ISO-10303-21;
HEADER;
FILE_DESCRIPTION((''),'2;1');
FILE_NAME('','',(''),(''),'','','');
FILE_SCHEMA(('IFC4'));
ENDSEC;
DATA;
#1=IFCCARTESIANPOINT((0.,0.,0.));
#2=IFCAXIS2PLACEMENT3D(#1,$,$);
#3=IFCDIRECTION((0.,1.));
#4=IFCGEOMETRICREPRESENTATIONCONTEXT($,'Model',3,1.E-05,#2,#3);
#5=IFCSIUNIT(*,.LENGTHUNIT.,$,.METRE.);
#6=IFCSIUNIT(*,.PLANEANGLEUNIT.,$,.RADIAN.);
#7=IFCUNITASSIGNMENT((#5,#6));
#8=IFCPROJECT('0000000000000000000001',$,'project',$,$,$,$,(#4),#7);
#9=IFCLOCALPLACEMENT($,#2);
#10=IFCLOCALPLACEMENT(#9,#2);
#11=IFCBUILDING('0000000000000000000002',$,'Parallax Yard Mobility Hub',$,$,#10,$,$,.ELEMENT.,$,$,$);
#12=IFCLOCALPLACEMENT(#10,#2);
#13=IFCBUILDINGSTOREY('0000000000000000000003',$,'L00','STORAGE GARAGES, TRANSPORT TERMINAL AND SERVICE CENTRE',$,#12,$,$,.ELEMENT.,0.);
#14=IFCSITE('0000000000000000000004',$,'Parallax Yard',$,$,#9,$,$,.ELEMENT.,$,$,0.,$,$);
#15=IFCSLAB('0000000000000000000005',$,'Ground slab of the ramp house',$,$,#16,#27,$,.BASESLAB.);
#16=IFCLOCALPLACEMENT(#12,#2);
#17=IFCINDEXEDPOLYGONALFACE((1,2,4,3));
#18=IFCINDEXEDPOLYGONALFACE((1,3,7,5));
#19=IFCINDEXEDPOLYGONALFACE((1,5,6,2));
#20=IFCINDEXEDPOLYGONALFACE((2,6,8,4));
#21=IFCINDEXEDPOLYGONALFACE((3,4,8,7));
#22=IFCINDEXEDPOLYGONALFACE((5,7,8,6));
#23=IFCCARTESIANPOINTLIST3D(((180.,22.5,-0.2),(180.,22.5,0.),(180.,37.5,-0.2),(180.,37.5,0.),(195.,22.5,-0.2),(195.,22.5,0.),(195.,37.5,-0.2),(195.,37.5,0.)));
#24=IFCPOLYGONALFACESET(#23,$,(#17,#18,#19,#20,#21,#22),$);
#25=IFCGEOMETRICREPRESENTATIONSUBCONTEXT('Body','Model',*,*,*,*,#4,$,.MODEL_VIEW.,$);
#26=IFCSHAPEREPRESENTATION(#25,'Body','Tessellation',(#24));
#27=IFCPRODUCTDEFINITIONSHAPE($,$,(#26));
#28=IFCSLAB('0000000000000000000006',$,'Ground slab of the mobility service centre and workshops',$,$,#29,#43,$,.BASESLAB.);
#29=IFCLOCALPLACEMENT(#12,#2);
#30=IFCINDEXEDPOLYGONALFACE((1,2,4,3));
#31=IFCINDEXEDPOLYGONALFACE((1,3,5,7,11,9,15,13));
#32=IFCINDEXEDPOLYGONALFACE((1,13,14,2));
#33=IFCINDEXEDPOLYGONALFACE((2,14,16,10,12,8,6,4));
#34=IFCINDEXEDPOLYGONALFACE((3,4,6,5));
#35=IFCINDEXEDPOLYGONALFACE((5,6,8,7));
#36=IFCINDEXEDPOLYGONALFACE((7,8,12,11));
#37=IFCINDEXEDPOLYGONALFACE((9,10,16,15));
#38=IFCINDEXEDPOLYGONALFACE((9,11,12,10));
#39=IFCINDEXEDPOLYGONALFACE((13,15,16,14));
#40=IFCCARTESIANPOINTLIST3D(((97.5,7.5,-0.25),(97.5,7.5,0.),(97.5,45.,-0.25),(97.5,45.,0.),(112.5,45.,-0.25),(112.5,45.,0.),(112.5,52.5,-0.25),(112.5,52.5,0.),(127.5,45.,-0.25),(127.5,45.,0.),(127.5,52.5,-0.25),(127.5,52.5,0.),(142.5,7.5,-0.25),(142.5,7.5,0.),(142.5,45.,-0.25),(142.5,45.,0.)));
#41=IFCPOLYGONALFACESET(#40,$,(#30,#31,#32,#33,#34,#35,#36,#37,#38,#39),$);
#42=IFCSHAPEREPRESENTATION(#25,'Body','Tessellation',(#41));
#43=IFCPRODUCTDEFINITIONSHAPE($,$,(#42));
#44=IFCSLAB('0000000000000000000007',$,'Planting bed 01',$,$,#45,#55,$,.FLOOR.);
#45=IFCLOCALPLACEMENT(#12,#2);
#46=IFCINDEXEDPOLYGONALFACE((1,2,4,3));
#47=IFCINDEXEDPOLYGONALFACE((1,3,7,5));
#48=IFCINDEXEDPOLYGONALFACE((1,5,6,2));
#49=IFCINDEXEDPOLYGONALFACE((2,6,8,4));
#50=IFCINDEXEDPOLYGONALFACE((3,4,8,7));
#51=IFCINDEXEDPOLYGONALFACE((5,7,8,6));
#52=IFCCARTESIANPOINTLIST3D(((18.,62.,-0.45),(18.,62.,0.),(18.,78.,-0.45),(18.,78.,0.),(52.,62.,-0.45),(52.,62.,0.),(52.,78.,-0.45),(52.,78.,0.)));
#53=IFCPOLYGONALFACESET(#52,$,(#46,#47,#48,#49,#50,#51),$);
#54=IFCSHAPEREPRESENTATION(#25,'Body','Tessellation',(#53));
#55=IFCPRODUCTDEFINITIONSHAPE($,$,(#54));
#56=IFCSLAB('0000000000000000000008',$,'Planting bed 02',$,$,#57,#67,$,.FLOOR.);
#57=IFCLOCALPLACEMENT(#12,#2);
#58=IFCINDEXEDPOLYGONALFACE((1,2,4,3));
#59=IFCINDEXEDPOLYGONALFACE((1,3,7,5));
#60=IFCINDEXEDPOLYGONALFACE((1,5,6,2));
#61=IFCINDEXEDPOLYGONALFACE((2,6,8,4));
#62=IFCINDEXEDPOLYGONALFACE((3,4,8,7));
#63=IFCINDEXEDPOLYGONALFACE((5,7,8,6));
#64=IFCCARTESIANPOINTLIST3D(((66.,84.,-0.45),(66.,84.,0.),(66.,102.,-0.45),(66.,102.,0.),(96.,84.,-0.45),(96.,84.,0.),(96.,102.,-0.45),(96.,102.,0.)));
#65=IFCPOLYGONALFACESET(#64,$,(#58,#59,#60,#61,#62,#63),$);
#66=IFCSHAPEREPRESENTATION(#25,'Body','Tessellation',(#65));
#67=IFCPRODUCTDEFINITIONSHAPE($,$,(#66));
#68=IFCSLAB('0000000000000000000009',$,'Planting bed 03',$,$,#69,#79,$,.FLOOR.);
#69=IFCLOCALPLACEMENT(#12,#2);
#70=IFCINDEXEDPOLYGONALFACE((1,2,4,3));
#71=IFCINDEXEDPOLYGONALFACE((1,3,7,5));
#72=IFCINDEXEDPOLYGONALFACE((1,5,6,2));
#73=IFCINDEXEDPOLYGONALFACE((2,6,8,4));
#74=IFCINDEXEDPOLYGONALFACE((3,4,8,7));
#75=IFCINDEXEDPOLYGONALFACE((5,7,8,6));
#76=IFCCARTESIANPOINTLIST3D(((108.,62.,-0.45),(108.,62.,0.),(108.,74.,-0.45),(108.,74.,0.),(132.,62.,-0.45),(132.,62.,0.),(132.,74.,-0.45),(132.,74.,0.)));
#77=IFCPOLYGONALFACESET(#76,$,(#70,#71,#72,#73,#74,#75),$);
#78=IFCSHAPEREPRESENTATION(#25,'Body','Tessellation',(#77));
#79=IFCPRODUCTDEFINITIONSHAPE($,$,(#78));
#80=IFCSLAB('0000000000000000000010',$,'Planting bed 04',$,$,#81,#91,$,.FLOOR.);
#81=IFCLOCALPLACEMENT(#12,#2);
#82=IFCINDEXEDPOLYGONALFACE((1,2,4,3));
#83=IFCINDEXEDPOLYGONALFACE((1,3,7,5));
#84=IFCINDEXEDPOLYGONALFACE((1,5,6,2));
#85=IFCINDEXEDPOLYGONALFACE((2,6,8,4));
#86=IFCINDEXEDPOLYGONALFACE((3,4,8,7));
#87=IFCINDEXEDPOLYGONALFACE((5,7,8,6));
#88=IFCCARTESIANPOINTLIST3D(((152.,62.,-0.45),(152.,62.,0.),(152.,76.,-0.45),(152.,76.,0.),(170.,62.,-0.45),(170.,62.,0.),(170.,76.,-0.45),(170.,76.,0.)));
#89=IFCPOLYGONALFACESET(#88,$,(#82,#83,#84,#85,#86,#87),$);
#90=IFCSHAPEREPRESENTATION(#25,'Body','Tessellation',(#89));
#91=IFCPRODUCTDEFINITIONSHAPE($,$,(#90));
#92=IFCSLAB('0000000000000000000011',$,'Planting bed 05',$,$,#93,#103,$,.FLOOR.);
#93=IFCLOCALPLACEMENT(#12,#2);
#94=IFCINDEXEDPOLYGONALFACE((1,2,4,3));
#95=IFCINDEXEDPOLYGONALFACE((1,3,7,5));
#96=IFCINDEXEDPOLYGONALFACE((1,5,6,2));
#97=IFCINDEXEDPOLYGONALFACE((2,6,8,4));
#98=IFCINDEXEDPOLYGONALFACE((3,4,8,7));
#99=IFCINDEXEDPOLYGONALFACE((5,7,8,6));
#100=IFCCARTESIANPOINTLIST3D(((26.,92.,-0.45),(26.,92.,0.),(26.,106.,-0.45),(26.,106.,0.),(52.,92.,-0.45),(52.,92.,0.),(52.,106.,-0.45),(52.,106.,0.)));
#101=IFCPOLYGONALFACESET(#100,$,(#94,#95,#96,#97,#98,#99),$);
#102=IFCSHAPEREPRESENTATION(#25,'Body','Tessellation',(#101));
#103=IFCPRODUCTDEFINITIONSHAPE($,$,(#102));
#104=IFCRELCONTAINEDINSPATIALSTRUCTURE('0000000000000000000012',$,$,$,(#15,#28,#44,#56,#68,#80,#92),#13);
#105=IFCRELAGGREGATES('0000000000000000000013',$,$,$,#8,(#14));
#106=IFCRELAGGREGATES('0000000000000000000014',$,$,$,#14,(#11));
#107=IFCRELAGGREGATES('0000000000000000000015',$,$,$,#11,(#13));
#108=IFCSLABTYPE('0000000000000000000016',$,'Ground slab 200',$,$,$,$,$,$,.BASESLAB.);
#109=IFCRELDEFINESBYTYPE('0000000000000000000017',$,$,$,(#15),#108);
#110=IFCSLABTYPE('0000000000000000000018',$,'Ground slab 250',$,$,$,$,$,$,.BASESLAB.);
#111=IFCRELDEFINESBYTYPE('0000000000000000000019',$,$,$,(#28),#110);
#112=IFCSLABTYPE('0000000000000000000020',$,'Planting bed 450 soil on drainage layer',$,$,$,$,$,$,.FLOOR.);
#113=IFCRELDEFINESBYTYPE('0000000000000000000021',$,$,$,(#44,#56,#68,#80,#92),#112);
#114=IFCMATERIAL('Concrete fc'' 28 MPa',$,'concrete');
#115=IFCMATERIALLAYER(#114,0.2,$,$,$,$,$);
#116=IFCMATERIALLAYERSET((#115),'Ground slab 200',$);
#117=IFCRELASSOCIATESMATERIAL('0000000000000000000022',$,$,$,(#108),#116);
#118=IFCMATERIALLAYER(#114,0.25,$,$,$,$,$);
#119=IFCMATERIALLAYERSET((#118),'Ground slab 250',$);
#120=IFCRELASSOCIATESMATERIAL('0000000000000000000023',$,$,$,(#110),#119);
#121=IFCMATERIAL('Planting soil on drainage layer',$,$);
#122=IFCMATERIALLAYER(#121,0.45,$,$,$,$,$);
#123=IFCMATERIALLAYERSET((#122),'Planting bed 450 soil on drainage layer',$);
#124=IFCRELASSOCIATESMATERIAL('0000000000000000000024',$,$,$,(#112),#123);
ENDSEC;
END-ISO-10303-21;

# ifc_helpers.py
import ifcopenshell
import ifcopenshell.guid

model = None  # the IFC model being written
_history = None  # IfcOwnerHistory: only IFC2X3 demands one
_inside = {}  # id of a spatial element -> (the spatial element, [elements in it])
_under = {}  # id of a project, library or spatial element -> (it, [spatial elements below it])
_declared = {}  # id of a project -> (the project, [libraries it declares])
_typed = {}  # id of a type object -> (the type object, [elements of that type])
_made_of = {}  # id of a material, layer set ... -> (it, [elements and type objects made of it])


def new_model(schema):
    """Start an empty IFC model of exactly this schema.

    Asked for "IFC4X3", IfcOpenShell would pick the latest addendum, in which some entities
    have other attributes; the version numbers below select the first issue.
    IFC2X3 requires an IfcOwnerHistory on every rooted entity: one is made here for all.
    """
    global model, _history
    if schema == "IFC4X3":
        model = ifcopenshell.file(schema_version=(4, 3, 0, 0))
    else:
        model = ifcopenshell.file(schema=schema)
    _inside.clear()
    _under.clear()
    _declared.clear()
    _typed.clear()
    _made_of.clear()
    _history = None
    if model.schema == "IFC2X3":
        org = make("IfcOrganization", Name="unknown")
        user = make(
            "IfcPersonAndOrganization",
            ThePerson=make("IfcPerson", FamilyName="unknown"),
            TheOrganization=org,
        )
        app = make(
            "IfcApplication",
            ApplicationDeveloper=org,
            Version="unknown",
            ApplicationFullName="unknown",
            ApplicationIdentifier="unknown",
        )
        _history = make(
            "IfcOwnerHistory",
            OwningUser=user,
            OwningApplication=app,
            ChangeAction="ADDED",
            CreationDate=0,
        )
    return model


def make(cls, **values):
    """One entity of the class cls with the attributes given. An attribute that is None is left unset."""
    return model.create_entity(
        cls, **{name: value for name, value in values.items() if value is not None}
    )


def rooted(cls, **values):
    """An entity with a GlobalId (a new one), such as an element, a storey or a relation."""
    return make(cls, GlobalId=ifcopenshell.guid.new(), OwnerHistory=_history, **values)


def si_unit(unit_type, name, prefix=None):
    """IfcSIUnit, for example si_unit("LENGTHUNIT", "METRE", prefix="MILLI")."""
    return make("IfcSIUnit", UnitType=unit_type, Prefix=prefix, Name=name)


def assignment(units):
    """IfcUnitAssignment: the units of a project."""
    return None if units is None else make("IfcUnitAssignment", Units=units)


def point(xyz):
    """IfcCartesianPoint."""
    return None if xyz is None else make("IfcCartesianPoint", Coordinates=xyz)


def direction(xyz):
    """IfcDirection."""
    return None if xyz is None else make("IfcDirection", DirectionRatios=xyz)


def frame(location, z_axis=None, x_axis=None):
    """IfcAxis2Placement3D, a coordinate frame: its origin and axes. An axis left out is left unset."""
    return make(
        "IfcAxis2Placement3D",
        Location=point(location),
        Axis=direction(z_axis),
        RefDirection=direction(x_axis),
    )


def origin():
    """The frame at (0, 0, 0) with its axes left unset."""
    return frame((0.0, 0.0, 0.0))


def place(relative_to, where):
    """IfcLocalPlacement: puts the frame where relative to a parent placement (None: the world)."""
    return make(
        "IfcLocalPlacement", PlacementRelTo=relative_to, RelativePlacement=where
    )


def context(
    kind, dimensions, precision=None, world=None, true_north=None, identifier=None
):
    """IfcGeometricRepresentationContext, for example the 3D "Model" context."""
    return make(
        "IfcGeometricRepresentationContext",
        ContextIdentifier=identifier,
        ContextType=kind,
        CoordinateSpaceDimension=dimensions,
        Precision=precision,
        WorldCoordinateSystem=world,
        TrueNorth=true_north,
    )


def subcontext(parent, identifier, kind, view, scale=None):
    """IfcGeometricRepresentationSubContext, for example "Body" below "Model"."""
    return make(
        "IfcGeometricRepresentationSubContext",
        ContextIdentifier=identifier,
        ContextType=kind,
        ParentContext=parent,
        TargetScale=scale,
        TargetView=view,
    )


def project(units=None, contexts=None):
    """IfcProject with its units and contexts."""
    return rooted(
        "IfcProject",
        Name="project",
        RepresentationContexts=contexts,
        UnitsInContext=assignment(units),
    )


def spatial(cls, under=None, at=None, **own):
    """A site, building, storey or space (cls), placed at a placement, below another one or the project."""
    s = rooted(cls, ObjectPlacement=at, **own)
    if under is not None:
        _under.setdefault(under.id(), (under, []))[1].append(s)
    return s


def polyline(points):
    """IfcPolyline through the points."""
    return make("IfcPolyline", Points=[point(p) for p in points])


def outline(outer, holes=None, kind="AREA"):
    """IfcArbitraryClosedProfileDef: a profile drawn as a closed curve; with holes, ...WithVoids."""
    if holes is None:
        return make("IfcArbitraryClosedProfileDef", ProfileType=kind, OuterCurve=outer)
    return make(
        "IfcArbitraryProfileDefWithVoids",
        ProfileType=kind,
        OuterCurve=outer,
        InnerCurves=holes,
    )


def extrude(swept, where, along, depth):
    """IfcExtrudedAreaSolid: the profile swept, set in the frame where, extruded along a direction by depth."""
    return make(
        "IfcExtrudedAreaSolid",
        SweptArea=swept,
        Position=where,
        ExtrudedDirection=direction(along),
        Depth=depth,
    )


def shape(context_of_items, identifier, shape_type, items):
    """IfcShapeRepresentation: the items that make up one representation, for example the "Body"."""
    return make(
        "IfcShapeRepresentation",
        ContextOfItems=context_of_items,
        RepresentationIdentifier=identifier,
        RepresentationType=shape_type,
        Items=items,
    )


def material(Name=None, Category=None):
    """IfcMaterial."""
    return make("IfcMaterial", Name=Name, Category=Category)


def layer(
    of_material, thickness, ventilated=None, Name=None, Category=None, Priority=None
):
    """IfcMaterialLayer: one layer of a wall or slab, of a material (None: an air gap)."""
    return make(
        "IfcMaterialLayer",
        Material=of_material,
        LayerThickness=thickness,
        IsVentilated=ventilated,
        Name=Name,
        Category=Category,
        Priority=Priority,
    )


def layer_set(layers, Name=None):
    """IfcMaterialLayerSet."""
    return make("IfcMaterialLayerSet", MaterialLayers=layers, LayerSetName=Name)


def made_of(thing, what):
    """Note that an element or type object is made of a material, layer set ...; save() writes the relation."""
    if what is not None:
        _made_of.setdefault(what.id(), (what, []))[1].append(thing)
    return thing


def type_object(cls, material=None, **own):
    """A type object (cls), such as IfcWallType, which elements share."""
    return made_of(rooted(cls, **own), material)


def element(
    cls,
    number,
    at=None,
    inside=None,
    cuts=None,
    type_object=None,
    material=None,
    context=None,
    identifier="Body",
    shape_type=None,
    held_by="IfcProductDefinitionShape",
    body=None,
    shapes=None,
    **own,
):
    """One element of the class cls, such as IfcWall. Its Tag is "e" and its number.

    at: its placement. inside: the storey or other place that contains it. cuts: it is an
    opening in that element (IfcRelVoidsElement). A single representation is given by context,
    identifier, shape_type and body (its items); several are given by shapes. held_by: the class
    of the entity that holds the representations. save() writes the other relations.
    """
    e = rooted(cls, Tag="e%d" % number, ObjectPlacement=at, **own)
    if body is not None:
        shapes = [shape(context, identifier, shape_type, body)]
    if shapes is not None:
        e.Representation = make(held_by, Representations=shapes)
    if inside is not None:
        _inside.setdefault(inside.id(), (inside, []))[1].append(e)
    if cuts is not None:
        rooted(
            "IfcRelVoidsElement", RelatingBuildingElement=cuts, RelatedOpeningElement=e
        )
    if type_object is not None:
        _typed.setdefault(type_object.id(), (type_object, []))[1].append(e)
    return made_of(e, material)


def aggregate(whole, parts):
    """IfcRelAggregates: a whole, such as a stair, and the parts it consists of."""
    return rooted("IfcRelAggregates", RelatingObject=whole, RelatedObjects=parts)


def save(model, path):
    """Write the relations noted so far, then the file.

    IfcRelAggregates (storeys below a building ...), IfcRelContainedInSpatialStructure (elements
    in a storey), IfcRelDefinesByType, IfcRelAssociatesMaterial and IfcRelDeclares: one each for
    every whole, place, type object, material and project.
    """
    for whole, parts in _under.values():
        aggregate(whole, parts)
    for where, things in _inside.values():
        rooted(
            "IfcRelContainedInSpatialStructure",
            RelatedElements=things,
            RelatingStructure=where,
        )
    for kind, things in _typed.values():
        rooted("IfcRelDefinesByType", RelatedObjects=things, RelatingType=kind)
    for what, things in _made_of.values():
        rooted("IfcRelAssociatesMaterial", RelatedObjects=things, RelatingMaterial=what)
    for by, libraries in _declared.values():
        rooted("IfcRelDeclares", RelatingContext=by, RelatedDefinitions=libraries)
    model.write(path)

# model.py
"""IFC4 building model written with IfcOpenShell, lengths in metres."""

from ifc_helpers import new_model, si_unit, direction, frame, origin, place, context, subcontext, project, spatial, polyline, outline, extrude, material, layer, layer_set, type_object, element, save


model = new_model("IFC4")

# Units and contexts
model_context = context("Model", 3, precision=1e-05, world=origin(), true_north=direction((0.0, 1.0)))
body_context = subcontext(model_context, "Body", "Model", "MODEL_VIEW")
ifc_project = project(units=[si_unit("LENGTHUNIT", "METRE"), si_unit("PLANEANGLEUNIT", "RADIAN")], contexts=[model_context])

# Site, building, storey
site_placement = place(None, origin())
site = spatial("IfcSite", under=ifc_project, at=site_placement, Name="Parallax Yard", CompositionType="ELEMENT", RefElevation=0.0)
building_placement = place(site_placement, origin())
building = spatial("IfcBuilding", under=site, at=building_placement, Name="Parallax Yard Mobility Hub", CompositionType="ELEMENT")
storey_placement = place(building_placement, origin())
storey = spatial("IfcBuildingStorey", under=building, at=storey_placement, Name="L00", Description="STORAGE GARAGES, TRANSPORT TERMINAL AND SERVICE CENTRE", CompositionType="ELEMENT", Elevation=0.0)

# Slabs
ifc_material_1 = material(Name="Concrete fc' 28 MPa", Category="concrete")
ifc_layer_1 = layer(ifc_material_1, 0.2)
ifc_layer_set_1 = layer_set([ifc_layer_1], Name="Ground slab 200")
slab_type_1 = type_object("IfcSlabType", Name="Ground slab 200", PredefinedType="BASESLAB", material=ifc_layer_set_1)
slab_1_placement = place(storey_placement, frame((0.0, 0.0, -0.2)))
element("IfcSlab", 1, at=slab_1_placement, inside=storey, type_object=slab_type_1, Name="Ground slab of the ramp house", PredefinedType="BASESLAB", context=body_context, shape_type="SweptSolid", body=[
    extrude(outline(polyline([(195.0, 22.5), (195.0, 37.5), (180.0, 37.5), (180.0, 22.5), (195.0, 22.5)])), origin(), (0.0, 0.0, 1.0), 0.2),
])
ifc_layer_2 = layer(ifc_material_1, 0.25)
ifc_layer_set_2 = layer_set([ifc_layer_2], Name="Ground slab 250")
slab_type_2 = type_object("IfcSlabType", Name="Ground slab 250", PredefinedType="BASESLAB", material=ifc_layer_set_2)
slab_2_placement = place(storey_placement, frame((0.0, 0.0, -0.25)))
element("IfcSlab", 2, at=slab_2_placement, inside=storey, type_object=slab_type_2, Name="Ground slab of the mobility service centre and workshops", PredefinedType="BASESLAB", context=body_context, shape_type="SweptSolid", body=[
    extrude(outline(polyline([(142.5, 7.5), (142.5, 45.0), (127.5, 45.0), (127.5, 52.5), (112.5, 52.5), (112.5, 45.0), (97.5, 45.0), (97.5, 7.5), (142.5, 7.5)])), origin(), (0.0, 0.0, 1.0), 0.25),
])
ifc_material_2 = material(Name="Planting soil on drainage layer")
ifc_layer_3 = layer(ifc_material_2, 0.45)
ifc_layer_set_3 = layer_set([ifc_layer_3], Name="Planting bed 450 soil on drainage layer")
slab_type_3 = type_object("IfcSlabType", Name="Planting bed 450 soil on drainage layer", PredefinedType="FLOOR", material=ifc_layer_set_3)
slab_3_placement = place(storey_placement, frame((0.0, 0.0, -0.45)))
element("IfcSlab", 3, at=slab_3_placement, inside=storey, type_object=slab_type_3, Name="Planting bed 01", PredefinedType="FLOOR", context=body_context, shape_type="SweptSolid", body=[
    extrude(outline(polyline([(18.0, 62.0), (52.0, 62.0), (52.0, 78.0), (18.0, 78.0), (18.0, 62.0)])), origin(), (0.0, 0.0, 1.0), 0.45),
])
slab_4_placement = place(storey_placement, frame((0.0, 0.0, -0.45)))
element("IfcSlab", 4, at=slab_4_placement, inside=storey, type_object=slab_type_3, Name="Planting bed 02", PredefinedType="FLOOR", context=body_context, shape_type="SweptSolid", body=[
    extrude(outline(polyline([(66.0, 84.0), (96.0, 84.0), (96.0, 102.0), (66.0, 102.0), (66.0, 84.0)])), origin(), (0.0, 0.0, 1.0), 0.45),
])
slab_5_placement = place(storey_placement, frame((0.0, 0.0, -0.45)))
element("IfcSlab", 5, at=slab_5_placement, inside=storey, type_object=slab_type_3, Name="Planting bed 03", PredefinedType="FLOOR", context=body_context, shape_type="SweptSolid", body=[
    extrude(outline(polyline([(108.0, 62.0), (132.0, 62.0), (132.0, 74.0), (108.0, 74.0), (108.0, 62.0)])), origin(), (0.0, 0.0, 1.0), 0.45),
])
slab_6_placement = place(storey_placement, frame((0.0, 0.0, -0.45)))
element("IfcSlab", 6, at=slab_6_placement, inside=storey, type_object=slab_type_3, Name="Planting bed 04", PredefinedType="FLOOR", context=body_context, shape_type="SweptSolid", body=[
    extrude(outline(polyline([(152.0, 62.0), (170.0, 62.0), (170.0, 76.0), (152.0, 76.0), (152.0, 62.0)])), origin(), (0.0, 0.0, 1.0), 0.45),
])
slab_7_placement = place(storey_placement, frame((0.0, 0.0, -0.45)))
element("IfcSlab", 7, at=slab_7_placement, inside=storey, type_object=slab_type_3, Name="Planting bed 05", PredefinedType="FLOOR", context=body_context, shape_type="SweptSolid", body=[
    extrude(outline(polyline([(26.0, 92.0), (52.0, 92.0), (52.0, 106.0), (26.0, 106.0), (26.0, 92.0)])), origin(), (0.0, 0.0, 1.0), 0.45),
])

save(model, "model.ifc")
